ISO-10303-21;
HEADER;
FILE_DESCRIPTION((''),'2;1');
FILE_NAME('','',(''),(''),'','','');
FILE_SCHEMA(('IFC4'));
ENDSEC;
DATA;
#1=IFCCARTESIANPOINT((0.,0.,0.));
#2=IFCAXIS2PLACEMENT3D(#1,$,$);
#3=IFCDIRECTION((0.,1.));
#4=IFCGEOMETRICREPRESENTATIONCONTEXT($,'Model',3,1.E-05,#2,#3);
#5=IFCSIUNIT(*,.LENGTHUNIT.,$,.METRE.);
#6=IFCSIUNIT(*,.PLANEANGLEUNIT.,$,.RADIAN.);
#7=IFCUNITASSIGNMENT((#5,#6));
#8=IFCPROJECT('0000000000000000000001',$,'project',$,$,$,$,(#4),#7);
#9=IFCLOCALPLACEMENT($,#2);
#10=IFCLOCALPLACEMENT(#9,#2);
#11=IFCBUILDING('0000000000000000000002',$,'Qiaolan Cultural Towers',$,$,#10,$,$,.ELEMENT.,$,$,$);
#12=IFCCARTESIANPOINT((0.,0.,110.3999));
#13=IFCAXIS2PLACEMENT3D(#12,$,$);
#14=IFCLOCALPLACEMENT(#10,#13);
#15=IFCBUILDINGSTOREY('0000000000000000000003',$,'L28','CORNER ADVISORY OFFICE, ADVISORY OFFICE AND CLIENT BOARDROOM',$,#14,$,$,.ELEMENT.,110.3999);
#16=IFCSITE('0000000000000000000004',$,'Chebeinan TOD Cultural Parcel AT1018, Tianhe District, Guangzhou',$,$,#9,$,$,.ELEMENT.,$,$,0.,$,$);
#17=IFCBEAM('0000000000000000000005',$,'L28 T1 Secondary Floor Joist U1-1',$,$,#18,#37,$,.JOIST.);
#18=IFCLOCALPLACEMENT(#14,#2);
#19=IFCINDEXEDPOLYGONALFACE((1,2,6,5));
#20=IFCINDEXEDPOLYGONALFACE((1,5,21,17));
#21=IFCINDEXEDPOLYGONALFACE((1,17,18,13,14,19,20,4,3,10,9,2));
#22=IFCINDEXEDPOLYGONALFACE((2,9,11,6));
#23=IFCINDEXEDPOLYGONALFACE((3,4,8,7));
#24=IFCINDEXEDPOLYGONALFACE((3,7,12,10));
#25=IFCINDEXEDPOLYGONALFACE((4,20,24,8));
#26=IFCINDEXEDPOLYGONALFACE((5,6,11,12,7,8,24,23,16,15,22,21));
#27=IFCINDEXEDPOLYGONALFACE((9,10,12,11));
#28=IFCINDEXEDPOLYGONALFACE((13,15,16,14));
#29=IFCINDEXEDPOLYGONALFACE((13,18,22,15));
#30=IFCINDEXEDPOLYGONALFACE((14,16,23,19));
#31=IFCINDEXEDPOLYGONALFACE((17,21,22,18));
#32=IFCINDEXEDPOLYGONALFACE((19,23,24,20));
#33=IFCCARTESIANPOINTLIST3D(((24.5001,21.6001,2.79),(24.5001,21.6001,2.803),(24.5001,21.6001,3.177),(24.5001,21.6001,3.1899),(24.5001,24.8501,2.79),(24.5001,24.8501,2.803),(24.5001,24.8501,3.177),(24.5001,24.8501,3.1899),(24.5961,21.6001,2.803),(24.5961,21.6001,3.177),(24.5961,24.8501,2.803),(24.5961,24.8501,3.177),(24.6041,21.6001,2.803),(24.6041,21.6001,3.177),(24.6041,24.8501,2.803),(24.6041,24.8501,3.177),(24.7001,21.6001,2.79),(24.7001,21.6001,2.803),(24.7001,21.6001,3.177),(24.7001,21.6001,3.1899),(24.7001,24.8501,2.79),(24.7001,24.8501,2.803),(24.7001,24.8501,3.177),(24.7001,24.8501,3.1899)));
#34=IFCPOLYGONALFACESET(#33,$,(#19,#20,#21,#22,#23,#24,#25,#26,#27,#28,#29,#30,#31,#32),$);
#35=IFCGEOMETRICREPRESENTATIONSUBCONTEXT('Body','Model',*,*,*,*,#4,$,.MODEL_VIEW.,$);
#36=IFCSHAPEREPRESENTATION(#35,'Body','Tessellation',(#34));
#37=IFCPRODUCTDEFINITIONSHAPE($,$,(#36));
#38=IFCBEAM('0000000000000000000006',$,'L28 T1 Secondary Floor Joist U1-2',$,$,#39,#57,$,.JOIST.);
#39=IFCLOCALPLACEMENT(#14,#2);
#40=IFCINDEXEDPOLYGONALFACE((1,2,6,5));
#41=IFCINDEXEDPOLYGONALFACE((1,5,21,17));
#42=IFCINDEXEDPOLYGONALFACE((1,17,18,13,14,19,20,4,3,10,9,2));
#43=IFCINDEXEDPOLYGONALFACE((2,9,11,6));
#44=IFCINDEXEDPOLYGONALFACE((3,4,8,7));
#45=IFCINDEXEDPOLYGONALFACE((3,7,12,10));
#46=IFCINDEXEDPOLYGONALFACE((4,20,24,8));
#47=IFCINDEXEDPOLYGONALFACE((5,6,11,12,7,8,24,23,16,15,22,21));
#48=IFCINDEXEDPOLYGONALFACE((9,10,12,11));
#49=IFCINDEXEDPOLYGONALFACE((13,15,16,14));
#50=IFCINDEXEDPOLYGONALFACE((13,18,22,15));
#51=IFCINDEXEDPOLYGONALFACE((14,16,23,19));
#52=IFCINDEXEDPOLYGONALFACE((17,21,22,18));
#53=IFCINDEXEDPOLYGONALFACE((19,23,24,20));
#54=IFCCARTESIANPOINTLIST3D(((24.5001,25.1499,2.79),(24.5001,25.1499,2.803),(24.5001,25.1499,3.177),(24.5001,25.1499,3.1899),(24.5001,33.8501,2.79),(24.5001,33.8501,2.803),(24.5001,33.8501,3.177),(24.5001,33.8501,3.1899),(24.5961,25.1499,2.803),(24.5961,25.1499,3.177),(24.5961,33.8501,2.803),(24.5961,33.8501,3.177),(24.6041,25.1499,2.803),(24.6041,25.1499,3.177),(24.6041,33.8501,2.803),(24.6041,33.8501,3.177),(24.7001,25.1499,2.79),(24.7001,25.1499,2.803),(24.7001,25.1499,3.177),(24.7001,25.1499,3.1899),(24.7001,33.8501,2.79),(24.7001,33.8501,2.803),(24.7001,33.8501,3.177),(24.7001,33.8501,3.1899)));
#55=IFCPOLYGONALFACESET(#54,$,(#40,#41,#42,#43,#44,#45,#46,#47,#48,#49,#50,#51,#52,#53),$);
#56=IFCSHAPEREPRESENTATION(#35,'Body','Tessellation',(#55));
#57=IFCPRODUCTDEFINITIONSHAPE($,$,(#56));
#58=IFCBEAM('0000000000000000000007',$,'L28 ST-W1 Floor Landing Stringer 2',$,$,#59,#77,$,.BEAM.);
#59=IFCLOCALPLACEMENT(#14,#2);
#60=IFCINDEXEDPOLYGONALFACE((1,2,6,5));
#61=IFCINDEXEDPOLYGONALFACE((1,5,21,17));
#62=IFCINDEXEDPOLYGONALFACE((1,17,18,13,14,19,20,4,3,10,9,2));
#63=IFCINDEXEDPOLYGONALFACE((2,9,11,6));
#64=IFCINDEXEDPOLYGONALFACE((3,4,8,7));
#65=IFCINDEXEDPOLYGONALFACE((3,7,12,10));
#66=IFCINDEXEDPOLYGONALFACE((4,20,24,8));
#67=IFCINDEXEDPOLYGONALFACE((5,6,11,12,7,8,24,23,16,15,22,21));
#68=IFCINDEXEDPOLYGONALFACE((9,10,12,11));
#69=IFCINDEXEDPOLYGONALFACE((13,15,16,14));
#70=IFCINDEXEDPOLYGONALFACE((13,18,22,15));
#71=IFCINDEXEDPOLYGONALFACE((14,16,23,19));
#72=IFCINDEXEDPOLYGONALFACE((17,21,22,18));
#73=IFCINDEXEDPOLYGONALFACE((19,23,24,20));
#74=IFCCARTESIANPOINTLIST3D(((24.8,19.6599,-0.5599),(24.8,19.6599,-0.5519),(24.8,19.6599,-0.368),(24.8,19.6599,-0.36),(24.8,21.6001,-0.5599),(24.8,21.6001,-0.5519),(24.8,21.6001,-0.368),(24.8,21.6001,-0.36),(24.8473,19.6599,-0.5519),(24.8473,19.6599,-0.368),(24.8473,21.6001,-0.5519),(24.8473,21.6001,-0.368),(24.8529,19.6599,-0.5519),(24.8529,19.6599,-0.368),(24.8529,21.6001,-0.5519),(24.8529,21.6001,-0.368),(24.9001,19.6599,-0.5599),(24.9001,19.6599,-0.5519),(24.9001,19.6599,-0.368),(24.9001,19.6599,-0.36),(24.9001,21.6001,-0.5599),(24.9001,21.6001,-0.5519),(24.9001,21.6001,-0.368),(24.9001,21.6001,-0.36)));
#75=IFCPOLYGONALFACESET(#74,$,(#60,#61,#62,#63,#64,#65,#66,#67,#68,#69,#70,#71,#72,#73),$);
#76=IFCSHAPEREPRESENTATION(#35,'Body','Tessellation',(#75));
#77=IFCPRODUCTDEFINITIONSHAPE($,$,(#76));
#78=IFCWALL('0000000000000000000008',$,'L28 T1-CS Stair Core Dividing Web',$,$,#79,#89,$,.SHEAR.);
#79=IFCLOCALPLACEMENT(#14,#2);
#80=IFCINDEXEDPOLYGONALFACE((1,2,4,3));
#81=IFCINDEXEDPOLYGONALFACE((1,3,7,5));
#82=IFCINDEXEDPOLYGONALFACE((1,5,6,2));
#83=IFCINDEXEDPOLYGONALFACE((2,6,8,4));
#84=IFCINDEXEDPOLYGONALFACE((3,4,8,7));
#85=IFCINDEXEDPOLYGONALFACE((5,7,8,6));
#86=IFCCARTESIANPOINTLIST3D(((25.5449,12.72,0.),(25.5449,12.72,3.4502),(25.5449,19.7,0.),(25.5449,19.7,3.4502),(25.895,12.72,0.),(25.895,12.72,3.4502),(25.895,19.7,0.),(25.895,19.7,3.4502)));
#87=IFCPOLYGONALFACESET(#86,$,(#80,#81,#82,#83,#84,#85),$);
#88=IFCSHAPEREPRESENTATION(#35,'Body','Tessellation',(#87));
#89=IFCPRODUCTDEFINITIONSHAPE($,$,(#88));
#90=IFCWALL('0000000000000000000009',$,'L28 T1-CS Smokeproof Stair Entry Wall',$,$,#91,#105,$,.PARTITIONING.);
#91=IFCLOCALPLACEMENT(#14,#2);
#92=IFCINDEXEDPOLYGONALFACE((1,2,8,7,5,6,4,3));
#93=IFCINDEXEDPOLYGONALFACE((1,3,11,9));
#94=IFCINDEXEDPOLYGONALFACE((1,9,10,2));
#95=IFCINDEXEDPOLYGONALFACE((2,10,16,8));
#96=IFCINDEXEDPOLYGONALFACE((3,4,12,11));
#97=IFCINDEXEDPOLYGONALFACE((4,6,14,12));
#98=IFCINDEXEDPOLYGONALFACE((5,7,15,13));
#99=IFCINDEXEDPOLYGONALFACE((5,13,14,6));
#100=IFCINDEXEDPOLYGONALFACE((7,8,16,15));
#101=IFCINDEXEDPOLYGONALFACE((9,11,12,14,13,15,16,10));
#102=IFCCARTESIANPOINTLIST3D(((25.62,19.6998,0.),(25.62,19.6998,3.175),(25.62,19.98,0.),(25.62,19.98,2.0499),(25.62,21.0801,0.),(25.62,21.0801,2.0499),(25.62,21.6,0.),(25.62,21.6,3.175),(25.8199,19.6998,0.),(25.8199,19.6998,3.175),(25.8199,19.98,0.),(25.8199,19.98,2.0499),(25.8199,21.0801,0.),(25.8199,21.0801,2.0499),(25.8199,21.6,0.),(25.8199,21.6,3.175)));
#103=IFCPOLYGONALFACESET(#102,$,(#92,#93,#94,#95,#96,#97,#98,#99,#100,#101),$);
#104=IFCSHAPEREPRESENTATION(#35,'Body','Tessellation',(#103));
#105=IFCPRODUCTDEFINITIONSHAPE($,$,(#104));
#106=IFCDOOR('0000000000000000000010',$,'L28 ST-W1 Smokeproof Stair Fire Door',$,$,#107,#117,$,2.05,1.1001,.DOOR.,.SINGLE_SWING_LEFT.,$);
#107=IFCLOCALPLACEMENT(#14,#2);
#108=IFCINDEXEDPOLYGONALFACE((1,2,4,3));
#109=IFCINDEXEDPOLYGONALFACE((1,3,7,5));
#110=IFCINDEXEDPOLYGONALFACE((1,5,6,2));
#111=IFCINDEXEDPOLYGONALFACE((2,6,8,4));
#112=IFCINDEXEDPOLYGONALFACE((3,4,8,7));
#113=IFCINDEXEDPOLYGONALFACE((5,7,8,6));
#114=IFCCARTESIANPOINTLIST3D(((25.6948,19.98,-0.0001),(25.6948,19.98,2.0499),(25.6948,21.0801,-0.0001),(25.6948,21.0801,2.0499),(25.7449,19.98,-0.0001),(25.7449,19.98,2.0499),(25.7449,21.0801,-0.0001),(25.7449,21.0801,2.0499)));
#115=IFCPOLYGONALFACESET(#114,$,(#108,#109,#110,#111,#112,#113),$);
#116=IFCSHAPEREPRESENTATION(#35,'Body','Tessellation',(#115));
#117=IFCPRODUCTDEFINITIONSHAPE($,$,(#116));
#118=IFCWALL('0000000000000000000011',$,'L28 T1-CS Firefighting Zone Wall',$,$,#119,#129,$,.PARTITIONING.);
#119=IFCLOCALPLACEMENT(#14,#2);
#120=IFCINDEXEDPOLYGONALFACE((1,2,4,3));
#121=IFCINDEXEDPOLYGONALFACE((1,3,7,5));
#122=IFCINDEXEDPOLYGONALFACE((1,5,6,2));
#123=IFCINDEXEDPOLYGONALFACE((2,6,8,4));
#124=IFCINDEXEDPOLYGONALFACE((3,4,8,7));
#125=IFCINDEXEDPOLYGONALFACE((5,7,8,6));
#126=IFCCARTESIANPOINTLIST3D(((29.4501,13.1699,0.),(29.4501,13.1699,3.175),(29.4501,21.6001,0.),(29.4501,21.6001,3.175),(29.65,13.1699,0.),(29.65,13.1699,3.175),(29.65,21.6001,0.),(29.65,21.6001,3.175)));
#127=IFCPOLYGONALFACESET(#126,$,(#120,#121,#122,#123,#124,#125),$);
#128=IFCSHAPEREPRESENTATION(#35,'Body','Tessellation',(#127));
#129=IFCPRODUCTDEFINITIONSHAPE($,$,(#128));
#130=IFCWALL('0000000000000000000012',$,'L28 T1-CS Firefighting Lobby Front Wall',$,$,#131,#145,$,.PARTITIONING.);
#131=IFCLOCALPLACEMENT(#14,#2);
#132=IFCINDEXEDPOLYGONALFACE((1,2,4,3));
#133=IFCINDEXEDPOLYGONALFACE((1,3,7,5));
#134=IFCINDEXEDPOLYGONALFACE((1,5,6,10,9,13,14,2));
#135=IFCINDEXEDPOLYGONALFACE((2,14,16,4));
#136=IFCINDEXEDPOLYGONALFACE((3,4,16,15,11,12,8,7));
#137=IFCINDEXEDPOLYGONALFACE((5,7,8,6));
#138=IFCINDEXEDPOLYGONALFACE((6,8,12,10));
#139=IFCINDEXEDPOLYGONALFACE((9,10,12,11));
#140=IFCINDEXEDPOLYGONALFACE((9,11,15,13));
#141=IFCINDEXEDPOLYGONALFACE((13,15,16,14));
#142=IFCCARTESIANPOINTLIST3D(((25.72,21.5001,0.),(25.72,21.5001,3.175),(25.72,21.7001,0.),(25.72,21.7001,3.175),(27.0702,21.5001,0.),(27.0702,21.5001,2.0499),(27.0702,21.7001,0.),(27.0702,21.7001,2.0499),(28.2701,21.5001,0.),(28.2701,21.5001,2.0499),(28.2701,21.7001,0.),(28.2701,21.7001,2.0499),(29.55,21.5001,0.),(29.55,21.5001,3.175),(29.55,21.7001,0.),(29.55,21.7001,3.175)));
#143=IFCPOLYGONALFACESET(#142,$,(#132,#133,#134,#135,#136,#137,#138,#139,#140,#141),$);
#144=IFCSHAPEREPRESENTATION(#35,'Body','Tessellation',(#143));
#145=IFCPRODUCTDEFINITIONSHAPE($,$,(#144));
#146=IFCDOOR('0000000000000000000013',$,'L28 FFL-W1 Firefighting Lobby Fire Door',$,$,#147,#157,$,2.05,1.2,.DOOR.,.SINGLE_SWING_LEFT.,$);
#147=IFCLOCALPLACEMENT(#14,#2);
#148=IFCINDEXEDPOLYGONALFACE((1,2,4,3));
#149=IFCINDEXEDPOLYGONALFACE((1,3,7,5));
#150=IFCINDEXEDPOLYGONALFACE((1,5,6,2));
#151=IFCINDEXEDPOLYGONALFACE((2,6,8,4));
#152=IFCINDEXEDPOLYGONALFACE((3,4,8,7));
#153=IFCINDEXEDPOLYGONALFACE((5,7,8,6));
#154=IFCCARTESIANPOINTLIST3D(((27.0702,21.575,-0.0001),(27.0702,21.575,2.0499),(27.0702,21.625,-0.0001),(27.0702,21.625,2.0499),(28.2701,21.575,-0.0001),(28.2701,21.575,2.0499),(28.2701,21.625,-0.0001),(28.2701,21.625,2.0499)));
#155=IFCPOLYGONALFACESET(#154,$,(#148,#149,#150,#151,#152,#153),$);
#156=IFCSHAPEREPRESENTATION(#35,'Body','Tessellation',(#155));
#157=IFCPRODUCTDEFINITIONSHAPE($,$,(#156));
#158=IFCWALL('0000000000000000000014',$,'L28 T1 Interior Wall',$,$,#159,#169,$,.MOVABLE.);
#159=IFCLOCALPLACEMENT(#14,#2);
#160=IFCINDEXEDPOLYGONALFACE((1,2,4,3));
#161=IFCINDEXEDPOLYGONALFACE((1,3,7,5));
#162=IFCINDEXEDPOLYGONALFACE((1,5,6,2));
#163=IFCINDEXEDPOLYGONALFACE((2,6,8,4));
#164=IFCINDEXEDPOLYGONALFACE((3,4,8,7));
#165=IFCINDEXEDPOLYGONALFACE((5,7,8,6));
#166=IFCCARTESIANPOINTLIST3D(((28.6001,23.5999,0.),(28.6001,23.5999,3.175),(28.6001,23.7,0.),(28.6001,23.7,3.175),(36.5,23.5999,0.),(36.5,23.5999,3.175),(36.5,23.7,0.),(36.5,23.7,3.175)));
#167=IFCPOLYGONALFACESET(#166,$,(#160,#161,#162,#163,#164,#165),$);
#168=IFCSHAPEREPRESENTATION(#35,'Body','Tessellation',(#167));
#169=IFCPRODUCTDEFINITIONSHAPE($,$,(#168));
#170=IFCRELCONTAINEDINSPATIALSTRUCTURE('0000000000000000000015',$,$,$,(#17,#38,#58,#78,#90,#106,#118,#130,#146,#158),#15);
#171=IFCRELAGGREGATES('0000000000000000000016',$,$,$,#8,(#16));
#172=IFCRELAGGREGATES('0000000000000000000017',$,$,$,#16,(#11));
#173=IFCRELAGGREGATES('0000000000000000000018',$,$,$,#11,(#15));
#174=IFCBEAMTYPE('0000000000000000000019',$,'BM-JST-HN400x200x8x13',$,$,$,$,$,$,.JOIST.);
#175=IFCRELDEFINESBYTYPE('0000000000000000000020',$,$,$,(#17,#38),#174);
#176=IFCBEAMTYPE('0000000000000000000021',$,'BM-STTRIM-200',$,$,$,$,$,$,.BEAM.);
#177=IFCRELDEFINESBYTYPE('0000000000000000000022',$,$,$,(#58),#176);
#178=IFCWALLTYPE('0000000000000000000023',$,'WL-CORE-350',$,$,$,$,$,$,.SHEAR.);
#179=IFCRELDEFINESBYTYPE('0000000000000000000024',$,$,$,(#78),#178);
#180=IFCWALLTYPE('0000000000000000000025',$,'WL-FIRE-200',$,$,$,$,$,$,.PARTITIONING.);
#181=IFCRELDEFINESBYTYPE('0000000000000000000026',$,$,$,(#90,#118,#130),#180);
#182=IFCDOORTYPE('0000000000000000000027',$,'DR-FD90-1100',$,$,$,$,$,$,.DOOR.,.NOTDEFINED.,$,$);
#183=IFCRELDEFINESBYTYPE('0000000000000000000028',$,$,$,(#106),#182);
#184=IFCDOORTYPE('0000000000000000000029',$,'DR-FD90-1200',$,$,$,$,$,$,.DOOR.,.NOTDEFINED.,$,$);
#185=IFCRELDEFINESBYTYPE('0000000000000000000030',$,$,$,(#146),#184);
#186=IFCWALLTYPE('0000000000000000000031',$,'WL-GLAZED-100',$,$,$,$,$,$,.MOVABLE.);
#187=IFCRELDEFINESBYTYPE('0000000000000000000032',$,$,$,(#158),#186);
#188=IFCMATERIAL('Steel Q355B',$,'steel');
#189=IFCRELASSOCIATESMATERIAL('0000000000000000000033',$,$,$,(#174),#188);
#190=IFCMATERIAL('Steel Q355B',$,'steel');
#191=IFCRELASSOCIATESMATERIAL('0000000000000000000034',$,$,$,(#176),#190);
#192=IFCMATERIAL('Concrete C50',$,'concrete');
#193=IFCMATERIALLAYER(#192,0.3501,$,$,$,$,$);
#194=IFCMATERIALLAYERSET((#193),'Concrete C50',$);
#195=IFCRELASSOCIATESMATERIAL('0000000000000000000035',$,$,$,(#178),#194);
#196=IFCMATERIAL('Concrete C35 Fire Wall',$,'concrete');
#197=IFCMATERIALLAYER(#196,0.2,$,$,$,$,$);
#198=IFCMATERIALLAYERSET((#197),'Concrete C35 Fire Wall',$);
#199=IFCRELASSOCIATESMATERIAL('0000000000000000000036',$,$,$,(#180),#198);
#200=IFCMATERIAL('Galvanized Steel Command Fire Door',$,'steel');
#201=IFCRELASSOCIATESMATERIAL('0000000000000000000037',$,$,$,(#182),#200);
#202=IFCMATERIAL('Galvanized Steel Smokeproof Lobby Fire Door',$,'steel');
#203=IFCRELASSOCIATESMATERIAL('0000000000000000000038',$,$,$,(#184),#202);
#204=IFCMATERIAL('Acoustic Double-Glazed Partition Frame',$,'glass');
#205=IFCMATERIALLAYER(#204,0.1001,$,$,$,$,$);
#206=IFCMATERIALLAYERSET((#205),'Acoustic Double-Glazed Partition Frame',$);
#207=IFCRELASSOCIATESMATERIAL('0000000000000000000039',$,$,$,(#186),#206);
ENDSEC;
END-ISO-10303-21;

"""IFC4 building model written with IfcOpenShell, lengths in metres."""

from ifc_helpers import new_model, si_unit, direction, frame, frame_2d, origin, origin_2d, place, context, subcontext, project, spatial, rectangle, i_section, extrude, material, layer, layer_set, material_profile, profile_set, type_object, element, fill, save


model = new_model("IFC4")

# Units and contexts
model_context = context("Model", 3, precision=1e-05, world=origin(), true_north=direction((0.0, 1.0)))
body_context = subcontext(model_context, "Body", "Model", "MODEL_VIEW")
ifc_project = project(units=[si_unit("LENGTHUNIT", "METRE"), si_unit("PLANEANGLEUNIT", "RADIAN")], contexts=[model_context])

# Site, building, storey
site_placement = place(None, origin())
site = spatial("IfcSite", under=ifc_project, at=site_placement, Name="Chebeinan TOD Cultural Parcel AT1018, Tianhe District, Guangzhou", CompositionType="ELEMENT", RefElevation=0.0)
building_placement = place(site_placement, origin())
building = spatial("IfcBuilding", under=site, at=building_placement, Name="Qiaolan Cultural Towers", CompositionType="ELEMENT")
storey_placement = place(building_placement, frame((0.0, 0.0, 110.3999)))
storey = spatial("IfcBuildingStorey", under=building, at=storey_placement, Name="L28", Description="CORNER ADVISORY OFFICE, ADVISORY OFFICE AND CLIENT BOARDROOM", CompositionType="ELEMENT", Elevation=110.3999)

# Beams
ifc_material_1 = material(Name="Steel Q355B", Category="steel")
ifc_material_profile_1 = material_profile(ifc_material_1, i_section(OverallWidth=0.2, OverallDepth=0.3999, WebThickness=0.0081, FlangeThickness=0.0129, at=origin_2d()), Name="HN400x200x8x13")
ifc_profile_set_1 = profile_set([ifc_material_profile_1], Name="Steel Q355B")
beam_type_1 = type_object("IfcBeamType", Name="BM-JST-HN400x200x8x13", PredefinedType="JOIST", material=ifc_profile_set_1)
beam_1_placement = place(storey_placement, frame((24.6001, 21.6001, 2.99), z_axis=(0.0, 1.0, 0.0), x_axis=(-1.0, 0.0, 0.0)))
element("IfcBeam", 1, at=beam_1_placement, inside=storey, type_object=beam_type_1, Name="L28 T1 Secondary Floor Joist U1-1", PredefinedType="JOIST", context=body_context, shape_type="SweptSolid", body=[
    extrude(i_section(OverallWidth=0.2, OverallDepth=0.3999, WebThickness=0.0081, FlangeThickness=0.0129, at=origin_2d()), origin(), (0.0, 0.0, 1.0), 3.25),
])
beam_2_placement = place(storey_placement, frame((24.6001, 25.1499, 2.99), z_axis=(0.0, 1.0, 0.0), x_axis=(-1.0, 0.0, 0.0)))
element("IfcBeam", 2, at=beam_2_placement, inside=storey, type_object=beam_type_1, Name="L28 T1 Secondary Floor Joist U1-2", PredefinedType="JOIST", context=body_context, shape_type="SweptSolid", body=[
    extrude(i_section(OverallWidth=0.2, OverallDepth=0.3999, WebThickness=0.0081, FlangeThickness=0.0129, at=origin_2d()), origin(), (0.0, 0.0, 1.0), 8.7002),
])
ifc_material_2 = material(Name="Steel Q355B", Category="steel")
ifc_material_profile_2 = material_profile(ifc_material_2, i_section(OverallWidth=0.1001, OverallDepth=0.2, WebThickness=0.0056, FlangeThickness=0.0081, at=origin_2d()), Name="HN200x100x5.5x8")
ifc_profile_set_2 = profile_set([ifc_material_profile_2], Name="Steel Q355B")
beam_type_2 = type_object("IfcBeamType", Name="BM-STTRIM-200", PredefinedType="BEAM", material=ifc_profile_set_2)
beam_3_placement = place(storey_placement, frame((24.8501, 21.6001, -0.46), z_axis=(0.0, -1.0, 0.0), x_axis=(1.0, 0.0, 0.0)))
element("IfcBeam", 3, at=beam_3_placement, inside=storey, type_object=beam_type_2, Name="L28 ST-W1 Floor Landing Stringer 2", PredefinedType="BEAM", context=body_context, shape_type="SweptSolid", body=[
    extrude(i_section(OverallWidth=0.1001, OverallDepth=0.2, WebThickness=0.0056, FlangeThickness=0.0081, at=origin_2d()), origin(), (0.0, 0.0, 1.0), 1.9402),
])

# Wall
ifc_material_3 = material(Name="Concrete C50", Category="concrete")
ifc_layer_1 = layer(ifc_material_3, 0.3501)
ifc_layer_set_1 = layer_set([ifc_layer_1], Name="Concrete C50")
wall_type_1 = type_object("IfcWallType", Name="WL-CORE-350", PredefinedType="SHEAR", material=ifc_layer_set_1)
wall_1_placement = place(storey_placement, frame((25.72, 19.7, 0.0), z_axis=(0.0, 0.0, 1.0), x_axis=(0.0, -1.0, 0.0)))
element("IfcWall", 4, at=wall_1_placement, inside=storey, type_object=wall_type_1, Name="L28 T1-CS Stair Core Dividing Web", PredefinedType="SHEAR", context=body_context, shape_type="SweptSolid", body=[
    extrude(rectangle(XDim=6.98, YDim=0.3501, at=frame_2d((3.49, 0.0))), origin(), (0.0, 0.0, 1.0), 3.4502),
])

# Wall, opening, door
ifc_material_4 = material(Name="Concrete C35 Fire Wall", Category="concrete")
ifc_layer_2 = layer(ifc_material_4, 0.2)
ifc_layer_set_2 = layer_set([ifc_layer_2], Name="Concrete C35 Fire Wall")
wall_type_2 = type_object("IfcWallType", Name="WL-FIRE-200", PredefinedType="PARTITIONING", material=ifc_layer_set_2)
wall_2_placement = place(storey_placement, frame((25.72, 21.6001, 0.0), z_axis=(0.0, 0.0, 1.0), x_axis=(0.0, -1.0, 0.0)))
wall_2 = element("IfcWall", 5, at=wall_2_placement, inside=storey, type_object=wall_type_2, Name="L28 T1-CS Smokeproof Stair Entry Wall", PredefinedType="PARTITIONING", context=body_context, shape_type="SweptSolid", body=[
    extrude(rectangle(XDim=1.9001, YDim=0.2, at=frame_2d((0.9502, 0.0))), origin(), (0.0, 0.0, 1.0), 3.175),
])
opening_1_placement = place(wall_2_placement, frame((0.52, 0.0, 0.0)))
opening_1 = element("IfcOpeningElement", 6, at=opening_1_placement, cuts=wall_2, PredefinedType="OPENING", context=body_context, shape_type="SweptSolid", body=[
    extrude(rectangle(XDim=1.1001, YDim=2.05, at=frame_2d((0.55, 1.0249))), frame((0.0, 0.1099, 0.0), z_axis=(0.0, -1.0, 0.0), x_axis=(1.0, 0.0, 0.0)), (0.0, 0.0, 1.0), 0.22),
])
ifc_material_5 = material(Name="Galvanized Steel Command Fire Door", Category="steel")
door_type_1 = type_object("IfcDoorType", Name="DR-FD90-1100", OperationType="NOTDEFINED", PredefinedType="DOOR", material=ifc_material_5)
door_1_placement = place(opening_1_placement, origin())
door_1 = element("IfcDoor", 7, at=door_1_placement, inside=storey, type_object=door_type_1, Name="L28 ST-W1 Smokeproof Stair Fire Door", OperationType="SINGLE_SWING_LEFT", OverallHeight=2.05, OverallWidth=1.1001, PredefinedType="DOOR", context=body_context, shape_type="SweptSolid", body=[
    extrude(rectangle(XDim=1.1001, YDim=2.05, at=frame_2d((0.55, 1.0249))), frame((0.0, 0.0249, 0.0), z_axis=(0.0, -1.0, 0.0), x_axis=(1.0, 0.0, 0.0)), (0.0, 0.0, 1.0), 0.05),
])
fill(opening_1, door_1)

# Wall
wall_3_placement = place(storey_placement, frame((29.55, 21.6001, 0.0), z_axis=(0.0, 0.0, 1.0), x_axis=(0.0, -1.0, 0.0)))
element("IfcWall", 8, at=wall_3_placement, inside=storey, type_object=wall_type_2, Name="L28 T1-CS Firefighting Zone Wall", PredefinedType="PARTITIONING", context=body_context, shape_type="SweptSolid", body=[
    extrude(rectangle(XDim=8.4302, YDim=0.2, at=frame_2d((4.2151, 0.0))), origin(), (0.0, 0.0, 1.0), 3.175),
])

# Wall, opening, door
wall_4_placement = place(storey_placement, frame((25.72, 21.6001, 0.0), z_axis=(0.0, 0.0, 1.0), x_axis=(1.0, 0.0, 0.0)))
wall_4 = element("IfcWall", 9, at=wall_4_placement, inside=storey, type_object=wall_type_2, Name="L28 T1-CS Firefighting Lobby Front Wall", PredefinedType="PARTITIONING", context=body_context, shape_type="SweptSolid", body=[
    extrude(rectangle(XDim=3.8301, YDim=0.2, at=frame_2d((1.915, 0.0))), origin(), (0.0, 0.0, 1.0), 3.175),
])
opening_2_placement = place(wall_4_placement, frame((1.3501, 0.0, 0.0)))
opening_2 = element("IfcOpeningElement", 10, at=opening_2_placement, cuts=wall_4, PredefinedType="OPENING", context=body_context, shape_type="SweptSolid", body=[
    extrude(rectangle(XDim=1.2, YDim=2.05, at=frame_2d((0.6001, 1.0249))), frame((0.0, 0.1099, 0.0), z_axis=(0.0, -1.0, 0.0), x_axis=(1.0, 0.0, 0.0)), (0.0, 0.0, 1.0), 0.22),
])
ifc_material_6 = material(Name="Galvanized Steel Smokeproof Lobby Fire Door", Category="steel")
door_type_2 = type_object("IfcDoorType", Name="DR-FD90-1200", OperationType="NOTDEFINED", PredefinedType="DOOR", material=ifc_material_6)
door_2_placement = place(opening_2_placement, origin())
door_2 = element("IfcDoor", 11, at=door_2_placement, inside=storey, type_object=door_type_2, Name="L28 FFL-W1 Firefighting Lobby Fire Door", OperationType="SINGLE_SWING_LEFT", OverallHeight=2.05, OverallWidth=1.2, PredefinedType="DOOR", context=body_context, shape_type="SweptSolid", body=[
    extrude(rectangle(XDim=1.2, YDim=2.05, at=frame_2d((0.6001, 1.0249))), frame((0.0, 0.0249, 0.0), z_axis=(0.0, -1.0, 0.0), x_axis=(1.0, 0.0, 0.0)), (0.0, 0.0, 1.0), 0.05),
])
fill(opening_2, door_2)

# Wall
ifc_material_7 = material(Name="Acoustic Double-Glazed Partition Frame", Category="glass")
ifc_layer_3 = layer(ifc_material_7, 0.1001)
ifc_layer_set_3 = layer_set([ifc_layer_3], Name="Acoustic Double-Glazed Partition Frame")
wall_type_3 = type_object("IfcWallType", Name="WL-GLAZED-100", PredefinedType="MOVABLE", material=ifc_layer_set_3)
wall_5_placement = place(storey_placement, frame((28.6001, 23.6499, 0.0), z_axis=(0.0, 0.0, 1.0), x_axis=(1.0, 0.0, 0.0)))
element("IfcWall", 12, at=wall_5_placement, inside=storey, type_object=wall_type_3, Name="L28 T1 Interior Wall", PredefinedType="MOVABLE", context=body_context, shape_type="SweptSolid", body=[
    extrude(rectangle(XDim=7.8999, YDim=0.1001, at=frame_2d((3.95, 0.0))), origin(), (0.0, 0.0, 1.0), 3.175),
])

save(model, "model.ifc")
